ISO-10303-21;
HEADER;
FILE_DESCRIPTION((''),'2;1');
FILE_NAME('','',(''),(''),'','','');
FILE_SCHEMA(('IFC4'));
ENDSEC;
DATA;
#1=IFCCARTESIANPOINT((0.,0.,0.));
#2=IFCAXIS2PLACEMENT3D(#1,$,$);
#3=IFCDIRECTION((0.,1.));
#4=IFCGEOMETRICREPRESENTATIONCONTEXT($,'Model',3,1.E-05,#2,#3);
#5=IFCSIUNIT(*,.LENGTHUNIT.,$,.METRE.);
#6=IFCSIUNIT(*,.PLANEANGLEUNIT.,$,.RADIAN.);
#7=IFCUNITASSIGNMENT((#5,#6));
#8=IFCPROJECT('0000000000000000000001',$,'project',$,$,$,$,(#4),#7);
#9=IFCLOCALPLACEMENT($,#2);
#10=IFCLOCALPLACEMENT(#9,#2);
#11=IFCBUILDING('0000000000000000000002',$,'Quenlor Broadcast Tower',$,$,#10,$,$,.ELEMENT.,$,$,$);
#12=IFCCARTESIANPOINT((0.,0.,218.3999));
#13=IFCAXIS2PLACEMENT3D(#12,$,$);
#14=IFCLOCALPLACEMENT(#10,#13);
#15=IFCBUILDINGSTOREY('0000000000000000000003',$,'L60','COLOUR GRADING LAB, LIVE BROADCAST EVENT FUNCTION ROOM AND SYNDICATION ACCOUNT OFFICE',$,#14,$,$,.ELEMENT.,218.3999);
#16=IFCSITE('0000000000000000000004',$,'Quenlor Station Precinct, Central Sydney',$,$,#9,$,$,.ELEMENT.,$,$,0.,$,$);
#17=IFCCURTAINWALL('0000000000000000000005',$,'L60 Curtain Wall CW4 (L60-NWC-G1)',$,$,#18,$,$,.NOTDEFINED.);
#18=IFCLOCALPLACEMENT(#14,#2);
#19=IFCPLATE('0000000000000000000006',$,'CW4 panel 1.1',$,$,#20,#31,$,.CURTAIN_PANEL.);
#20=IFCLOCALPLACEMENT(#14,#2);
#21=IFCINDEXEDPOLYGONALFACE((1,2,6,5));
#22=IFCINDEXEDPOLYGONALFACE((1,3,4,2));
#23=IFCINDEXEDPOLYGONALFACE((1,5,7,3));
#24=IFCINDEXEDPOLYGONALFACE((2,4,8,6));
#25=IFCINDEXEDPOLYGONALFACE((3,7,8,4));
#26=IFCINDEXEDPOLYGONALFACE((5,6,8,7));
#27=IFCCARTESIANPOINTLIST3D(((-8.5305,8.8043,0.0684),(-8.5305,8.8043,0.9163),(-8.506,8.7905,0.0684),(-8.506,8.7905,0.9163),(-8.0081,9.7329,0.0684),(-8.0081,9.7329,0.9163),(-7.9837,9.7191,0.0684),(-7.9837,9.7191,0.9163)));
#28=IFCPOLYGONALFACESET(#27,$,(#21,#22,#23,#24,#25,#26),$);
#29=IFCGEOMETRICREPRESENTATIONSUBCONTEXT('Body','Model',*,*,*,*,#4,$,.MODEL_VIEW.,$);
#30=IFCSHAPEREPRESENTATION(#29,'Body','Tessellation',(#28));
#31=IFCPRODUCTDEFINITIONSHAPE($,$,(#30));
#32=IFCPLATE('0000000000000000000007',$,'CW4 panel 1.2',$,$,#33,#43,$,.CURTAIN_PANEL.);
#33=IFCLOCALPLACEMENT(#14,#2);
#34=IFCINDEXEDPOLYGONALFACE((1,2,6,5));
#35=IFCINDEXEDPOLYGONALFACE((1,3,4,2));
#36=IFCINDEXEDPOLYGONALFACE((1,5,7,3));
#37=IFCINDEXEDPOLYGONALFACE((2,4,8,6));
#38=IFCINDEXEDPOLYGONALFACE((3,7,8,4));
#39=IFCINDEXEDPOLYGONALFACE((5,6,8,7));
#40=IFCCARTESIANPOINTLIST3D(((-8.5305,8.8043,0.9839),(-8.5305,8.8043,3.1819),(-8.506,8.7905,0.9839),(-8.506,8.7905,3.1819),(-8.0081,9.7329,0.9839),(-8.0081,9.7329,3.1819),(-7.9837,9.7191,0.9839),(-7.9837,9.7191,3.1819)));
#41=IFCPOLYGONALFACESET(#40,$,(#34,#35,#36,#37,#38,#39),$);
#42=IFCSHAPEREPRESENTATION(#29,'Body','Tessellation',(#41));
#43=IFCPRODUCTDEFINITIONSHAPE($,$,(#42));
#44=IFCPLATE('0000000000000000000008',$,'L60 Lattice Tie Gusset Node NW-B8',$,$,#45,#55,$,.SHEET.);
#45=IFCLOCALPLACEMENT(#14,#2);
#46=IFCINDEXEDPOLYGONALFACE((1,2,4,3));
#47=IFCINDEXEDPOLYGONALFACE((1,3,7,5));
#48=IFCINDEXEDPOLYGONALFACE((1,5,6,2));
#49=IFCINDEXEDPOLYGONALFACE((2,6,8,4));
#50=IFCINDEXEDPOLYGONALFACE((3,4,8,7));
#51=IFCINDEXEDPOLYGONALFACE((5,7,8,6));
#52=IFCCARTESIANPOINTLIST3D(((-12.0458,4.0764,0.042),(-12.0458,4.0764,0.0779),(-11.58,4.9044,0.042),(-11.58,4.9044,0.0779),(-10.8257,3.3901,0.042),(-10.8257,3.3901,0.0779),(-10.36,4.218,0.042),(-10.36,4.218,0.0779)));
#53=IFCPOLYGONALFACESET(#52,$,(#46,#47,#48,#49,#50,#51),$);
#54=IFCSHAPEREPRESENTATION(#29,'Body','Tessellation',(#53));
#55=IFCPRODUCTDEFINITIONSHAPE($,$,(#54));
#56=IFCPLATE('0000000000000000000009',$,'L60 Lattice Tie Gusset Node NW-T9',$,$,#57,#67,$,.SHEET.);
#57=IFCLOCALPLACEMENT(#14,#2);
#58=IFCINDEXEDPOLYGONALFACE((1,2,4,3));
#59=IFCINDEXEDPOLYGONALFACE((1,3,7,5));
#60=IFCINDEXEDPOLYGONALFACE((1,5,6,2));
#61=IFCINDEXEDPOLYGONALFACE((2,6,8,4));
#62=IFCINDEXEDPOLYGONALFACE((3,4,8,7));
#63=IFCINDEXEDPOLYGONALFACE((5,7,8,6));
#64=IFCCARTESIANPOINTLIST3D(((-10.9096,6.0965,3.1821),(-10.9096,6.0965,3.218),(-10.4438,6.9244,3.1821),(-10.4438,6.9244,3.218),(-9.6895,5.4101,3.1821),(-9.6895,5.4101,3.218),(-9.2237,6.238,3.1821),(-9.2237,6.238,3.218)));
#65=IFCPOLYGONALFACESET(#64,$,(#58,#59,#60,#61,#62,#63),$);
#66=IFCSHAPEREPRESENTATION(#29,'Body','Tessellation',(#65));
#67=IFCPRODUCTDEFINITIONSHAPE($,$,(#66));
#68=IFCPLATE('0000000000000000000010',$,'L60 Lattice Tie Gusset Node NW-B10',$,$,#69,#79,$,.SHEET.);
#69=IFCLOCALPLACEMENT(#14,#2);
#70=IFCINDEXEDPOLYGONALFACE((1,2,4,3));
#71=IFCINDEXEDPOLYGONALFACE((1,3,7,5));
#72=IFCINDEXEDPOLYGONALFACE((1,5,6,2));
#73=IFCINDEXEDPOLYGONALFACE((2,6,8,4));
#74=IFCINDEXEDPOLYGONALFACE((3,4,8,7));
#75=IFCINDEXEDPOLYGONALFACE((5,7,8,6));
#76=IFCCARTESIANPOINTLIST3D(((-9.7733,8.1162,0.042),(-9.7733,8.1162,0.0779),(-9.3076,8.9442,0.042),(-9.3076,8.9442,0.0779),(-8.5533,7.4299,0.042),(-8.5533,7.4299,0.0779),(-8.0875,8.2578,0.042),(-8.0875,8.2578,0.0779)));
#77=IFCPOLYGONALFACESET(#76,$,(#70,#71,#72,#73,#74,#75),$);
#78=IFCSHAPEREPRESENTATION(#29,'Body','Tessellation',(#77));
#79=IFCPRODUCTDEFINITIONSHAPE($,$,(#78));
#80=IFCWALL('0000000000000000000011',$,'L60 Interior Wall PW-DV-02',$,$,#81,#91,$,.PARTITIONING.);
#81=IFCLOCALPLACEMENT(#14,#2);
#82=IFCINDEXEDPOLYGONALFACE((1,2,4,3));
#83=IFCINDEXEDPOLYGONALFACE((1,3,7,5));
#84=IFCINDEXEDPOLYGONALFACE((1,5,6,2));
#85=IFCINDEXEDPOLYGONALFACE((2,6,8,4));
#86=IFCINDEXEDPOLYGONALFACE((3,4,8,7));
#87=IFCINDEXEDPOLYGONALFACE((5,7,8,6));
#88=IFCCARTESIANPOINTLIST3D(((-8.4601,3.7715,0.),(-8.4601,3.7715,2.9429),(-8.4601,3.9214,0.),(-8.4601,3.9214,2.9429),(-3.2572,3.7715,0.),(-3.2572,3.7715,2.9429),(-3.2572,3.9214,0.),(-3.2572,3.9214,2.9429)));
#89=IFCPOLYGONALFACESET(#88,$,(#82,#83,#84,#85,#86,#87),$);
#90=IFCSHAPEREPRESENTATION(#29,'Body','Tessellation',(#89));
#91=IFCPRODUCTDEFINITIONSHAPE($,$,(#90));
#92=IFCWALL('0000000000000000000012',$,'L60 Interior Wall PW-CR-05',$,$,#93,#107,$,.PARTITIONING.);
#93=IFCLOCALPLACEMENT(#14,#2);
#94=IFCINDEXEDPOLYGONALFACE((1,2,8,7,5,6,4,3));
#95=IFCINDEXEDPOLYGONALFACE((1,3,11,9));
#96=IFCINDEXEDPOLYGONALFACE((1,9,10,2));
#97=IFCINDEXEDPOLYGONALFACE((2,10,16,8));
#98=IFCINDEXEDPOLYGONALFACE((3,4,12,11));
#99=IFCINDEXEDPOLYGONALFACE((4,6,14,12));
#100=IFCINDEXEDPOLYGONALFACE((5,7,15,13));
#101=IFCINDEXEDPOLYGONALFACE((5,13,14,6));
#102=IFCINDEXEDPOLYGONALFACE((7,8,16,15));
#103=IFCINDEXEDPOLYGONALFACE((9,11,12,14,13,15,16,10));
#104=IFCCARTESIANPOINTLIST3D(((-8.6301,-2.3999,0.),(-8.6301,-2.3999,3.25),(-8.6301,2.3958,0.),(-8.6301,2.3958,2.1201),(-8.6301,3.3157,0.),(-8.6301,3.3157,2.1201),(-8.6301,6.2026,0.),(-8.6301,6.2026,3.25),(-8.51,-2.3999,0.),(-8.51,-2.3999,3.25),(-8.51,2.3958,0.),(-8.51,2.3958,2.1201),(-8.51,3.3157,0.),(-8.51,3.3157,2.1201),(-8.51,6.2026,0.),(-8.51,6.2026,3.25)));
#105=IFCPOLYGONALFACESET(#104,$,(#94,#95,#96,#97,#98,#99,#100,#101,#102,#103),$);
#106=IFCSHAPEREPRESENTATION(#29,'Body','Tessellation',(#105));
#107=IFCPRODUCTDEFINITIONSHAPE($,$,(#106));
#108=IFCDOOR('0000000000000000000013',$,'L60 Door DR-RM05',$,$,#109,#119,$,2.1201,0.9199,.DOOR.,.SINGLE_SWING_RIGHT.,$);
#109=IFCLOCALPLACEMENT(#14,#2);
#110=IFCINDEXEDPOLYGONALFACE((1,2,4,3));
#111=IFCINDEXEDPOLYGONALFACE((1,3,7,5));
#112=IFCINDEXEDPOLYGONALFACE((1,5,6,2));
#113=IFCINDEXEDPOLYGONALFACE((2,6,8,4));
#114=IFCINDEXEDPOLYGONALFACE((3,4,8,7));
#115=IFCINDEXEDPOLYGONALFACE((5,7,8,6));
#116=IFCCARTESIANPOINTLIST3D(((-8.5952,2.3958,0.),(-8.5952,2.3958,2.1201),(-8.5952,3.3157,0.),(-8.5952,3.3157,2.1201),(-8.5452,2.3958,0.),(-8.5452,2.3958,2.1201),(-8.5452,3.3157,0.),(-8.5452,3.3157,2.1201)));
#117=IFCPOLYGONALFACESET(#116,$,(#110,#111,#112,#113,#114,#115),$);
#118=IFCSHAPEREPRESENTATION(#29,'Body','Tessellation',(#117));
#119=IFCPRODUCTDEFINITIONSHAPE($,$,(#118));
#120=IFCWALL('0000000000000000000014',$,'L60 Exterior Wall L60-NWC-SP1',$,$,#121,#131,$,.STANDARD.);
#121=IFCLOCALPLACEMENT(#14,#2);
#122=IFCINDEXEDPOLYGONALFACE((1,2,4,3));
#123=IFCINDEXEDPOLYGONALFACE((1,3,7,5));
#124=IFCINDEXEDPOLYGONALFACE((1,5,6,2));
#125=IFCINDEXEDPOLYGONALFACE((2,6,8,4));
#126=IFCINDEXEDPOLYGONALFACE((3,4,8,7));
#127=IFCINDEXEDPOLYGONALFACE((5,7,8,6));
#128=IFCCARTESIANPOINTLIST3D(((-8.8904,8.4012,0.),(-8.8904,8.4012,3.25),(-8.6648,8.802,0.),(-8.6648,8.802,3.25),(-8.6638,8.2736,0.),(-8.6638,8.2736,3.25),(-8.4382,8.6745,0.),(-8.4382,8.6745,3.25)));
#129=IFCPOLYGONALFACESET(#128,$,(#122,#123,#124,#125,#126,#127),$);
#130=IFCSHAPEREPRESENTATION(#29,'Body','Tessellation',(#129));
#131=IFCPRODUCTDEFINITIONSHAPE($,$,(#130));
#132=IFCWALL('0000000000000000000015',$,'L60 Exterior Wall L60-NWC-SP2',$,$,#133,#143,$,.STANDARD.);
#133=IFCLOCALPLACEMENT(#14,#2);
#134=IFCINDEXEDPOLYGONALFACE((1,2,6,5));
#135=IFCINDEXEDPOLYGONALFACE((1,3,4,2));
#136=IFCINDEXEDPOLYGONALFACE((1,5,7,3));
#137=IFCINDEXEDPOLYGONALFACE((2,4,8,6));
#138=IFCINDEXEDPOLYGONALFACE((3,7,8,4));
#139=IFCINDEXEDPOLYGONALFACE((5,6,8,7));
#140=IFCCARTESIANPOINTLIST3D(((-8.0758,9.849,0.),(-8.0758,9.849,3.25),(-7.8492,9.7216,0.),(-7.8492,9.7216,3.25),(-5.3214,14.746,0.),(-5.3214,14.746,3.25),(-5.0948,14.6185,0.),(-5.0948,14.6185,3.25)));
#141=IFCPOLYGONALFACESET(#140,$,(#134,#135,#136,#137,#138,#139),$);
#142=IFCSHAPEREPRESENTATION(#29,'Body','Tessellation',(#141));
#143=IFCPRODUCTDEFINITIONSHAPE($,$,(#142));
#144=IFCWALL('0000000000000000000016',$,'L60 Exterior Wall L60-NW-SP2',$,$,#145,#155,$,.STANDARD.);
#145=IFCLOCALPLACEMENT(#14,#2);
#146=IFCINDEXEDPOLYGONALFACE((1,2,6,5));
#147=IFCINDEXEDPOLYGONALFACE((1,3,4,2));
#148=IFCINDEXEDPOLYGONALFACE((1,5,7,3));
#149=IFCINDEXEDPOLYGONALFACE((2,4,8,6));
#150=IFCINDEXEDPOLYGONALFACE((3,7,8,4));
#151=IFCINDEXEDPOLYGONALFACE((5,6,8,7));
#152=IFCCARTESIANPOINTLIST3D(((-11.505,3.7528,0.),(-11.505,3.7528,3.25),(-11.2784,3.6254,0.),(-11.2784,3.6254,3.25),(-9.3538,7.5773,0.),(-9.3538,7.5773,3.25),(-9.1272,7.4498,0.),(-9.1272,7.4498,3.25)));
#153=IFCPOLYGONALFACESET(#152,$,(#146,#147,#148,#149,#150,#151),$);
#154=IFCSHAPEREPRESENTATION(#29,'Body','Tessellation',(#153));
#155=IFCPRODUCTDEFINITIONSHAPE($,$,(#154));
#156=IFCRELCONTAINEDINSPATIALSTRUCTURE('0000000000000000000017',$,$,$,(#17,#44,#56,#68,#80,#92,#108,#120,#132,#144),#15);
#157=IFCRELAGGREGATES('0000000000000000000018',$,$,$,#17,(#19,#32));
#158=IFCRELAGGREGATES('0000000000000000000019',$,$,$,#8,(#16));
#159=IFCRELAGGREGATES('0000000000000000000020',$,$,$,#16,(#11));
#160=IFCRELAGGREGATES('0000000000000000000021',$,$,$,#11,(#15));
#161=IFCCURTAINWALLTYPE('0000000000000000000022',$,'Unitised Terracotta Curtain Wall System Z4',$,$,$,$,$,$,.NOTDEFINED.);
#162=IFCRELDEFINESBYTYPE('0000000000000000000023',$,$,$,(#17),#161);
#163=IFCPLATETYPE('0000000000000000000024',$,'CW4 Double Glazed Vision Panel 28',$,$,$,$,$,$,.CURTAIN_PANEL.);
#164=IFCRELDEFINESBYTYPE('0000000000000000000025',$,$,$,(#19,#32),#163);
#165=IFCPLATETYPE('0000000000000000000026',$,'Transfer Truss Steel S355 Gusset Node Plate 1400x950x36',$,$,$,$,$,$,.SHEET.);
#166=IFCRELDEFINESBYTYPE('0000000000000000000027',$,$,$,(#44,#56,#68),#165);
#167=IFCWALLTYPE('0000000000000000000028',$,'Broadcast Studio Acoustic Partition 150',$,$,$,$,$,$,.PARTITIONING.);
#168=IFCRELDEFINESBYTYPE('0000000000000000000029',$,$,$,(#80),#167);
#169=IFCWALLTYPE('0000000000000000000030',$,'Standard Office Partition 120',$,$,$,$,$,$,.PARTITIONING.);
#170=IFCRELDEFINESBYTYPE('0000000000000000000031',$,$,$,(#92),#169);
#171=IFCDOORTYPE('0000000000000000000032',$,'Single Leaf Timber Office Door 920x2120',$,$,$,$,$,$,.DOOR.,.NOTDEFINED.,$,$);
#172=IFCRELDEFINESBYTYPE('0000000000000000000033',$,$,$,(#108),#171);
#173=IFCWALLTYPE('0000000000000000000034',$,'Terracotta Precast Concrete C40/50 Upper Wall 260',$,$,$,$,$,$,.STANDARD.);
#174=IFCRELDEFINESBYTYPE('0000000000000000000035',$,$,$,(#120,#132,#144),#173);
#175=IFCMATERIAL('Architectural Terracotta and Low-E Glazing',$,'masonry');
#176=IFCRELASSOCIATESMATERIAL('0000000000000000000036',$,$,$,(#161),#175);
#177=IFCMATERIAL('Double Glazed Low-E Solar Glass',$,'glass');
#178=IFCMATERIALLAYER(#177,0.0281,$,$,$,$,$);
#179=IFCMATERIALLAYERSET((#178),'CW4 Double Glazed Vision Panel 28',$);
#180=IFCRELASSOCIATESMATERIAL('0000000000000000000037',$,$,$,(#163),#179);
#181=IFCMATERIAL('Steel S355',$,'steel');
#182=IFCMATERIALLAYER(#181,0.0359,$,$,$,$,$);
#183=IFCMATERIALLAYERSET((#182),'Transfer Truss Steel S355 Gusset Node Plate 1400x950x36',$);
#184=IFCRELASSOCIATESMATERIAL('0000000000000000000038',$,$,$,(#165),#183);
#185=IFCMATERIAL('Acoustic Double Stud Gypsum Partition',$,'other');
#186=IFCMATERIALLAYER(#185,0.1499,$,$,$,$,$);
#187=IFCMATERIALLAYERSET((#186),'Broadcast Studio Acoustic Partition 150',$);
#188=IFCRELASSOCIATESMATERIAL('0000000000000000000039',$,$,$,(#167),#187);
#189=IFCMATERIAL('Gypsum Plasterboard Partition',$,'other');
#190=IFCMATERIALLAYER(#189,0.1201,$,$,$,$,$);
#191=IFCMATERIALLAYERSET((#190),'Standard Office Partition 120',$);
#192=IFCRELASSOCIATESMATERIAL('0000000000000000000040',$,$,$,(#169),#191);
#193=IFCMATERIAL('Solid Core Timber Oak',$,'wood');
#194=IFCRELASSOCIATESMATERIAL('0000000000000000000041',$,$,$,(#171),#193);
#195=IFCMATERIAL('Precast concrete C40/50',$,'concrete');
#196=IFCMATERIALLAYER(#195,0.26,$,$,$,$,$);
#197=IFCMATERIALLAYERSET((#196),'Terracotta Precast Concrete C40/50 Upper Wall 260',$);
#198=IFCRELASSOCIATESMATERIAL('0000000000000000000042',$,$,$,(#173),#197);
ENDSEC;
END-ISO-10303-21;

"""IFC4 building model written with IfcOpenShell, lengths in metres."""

from ifc_helpers import new_model, si_unit, direction, frame, frame_2d, origin, origin_2d, place, context, subcontext, project, spatial, rectangle, extrude, material, layer, layer_set, type_object, element, fill, aggregate, save


model = new_model("IFC4")

# Units and contexts
model_context = context("Model", 3, precision=1e-05, world=origin(), true_north=direction((0.0, 1.0)))
body_context = subcontext(model_context, "Body", "Model", "MODEL_VIEW")
ifc_project = project(units=[si_unit("LENGTHUNIT", "METRE"), si_unit("PLANEANGLEUNIT", "RADIAN")], contexts=[model_context])

# Site, building, storey
site_placement = place(None, origin())
site = spatial("IfcSite", under=ifc_project, at=site_placement, Name="Quenlor Station Precinct, Central Sydney", CompositionType="ELEMENT", RefElevation=0.0)
building_placement = place(site_placement, origin())
building = spatial("IfcBuilding", under=site, at=building_placement, Name="Quenlor Broadcast Tower", CompositionType="ELEMENT")
storey_placement = place(building_placement, frame((0.0, 0.0, 218.3999)))
storey = spatial("IfcBuildingStorey", under=building, at=storey_placement, Name="L60", Description="COLOUR GRADING LAB, LIVE BROADCAST EVENT FUNCTION ROOM AND SYNDICATION ACCOUNT OFFICE", CompositionType="ELEMENT", Elevation=218.3999)

# Curtain wall
ifc_material_1 = material(Name="Architectural Terracotta and Low-E Glazing", Category="masonry")
curtain_wall_type = type_object("IfcCurtainWallType", Name="Unitised Terracotta Curtain Wall System Z4", PredefinedType="NOTDEFINED", material=ifc_material_1)
curtain_wall_placement = place(storey_placement, origin())
curtain_wall = element("IfcCurtainWall", 1, at=curtain_wall_placement, inside=storey, type_object=curtain_wall_type, Name="L60 Curtain Wall CW4 (L60-NWC-G1)", PredefinedType="NOTDEFINED")

# Plates
ifc_material_2 = material(Name="Double Glazed Low-E Solar Glass", Category="glass")
ifc_layer_1 = layer(ifc_material_2, 0.0281)
ifc_layer_set_1 = layer_set([ifc_layer_1], Name="CW4 Double Glazed Vision Panel 28")
plate_type_1 = type_object("IfcPlateType", Name="CW4 Double Glazed Vision Panel 28", PredefinedType="CURTAIN_PANEL", material=ifc_layer_set_1)
plate_1_placement = place(storey_placement, frame((-8.2571, 9.2617, 0.0684), z_axis=(0.0, 0.0, 1.0), x_axis=(0.490293, 0.871558, 0.0)))
plate_1 = element("IfcPlate", 2, at=plate_1_placement, type_object=plate_type_1, Name="CW4 panel 1.1", PredefinedType="CURTAIN_PANEL", context=body_context, shape_type="SweptSolid", body=[
    extrude(rectangle(XDim=1.0654, YDim=0.0281, at=origin_2d()), origin(), (0.0, 0.0, 1.0), 0.8479),
])
plate_2_placement = place(storey_placement, frame((-8.2571, 9.2617, 0.9839), z_axis=(0.0, 0.0, 1.0), x_axis=(0.490293, 0.871558, 0.0)))
plate_2 = element("IfcPlate", 3, at=plate_2_placement, type_object=plate_type_1, Name="CW4 panel 1.2", PredefinedType="CURTAIN_PANEL", context=body_context, shape_type="SweptSolid", body=[
    extrude(rectangle(XDim=1.0654, YDim=0.0281, at=origin_2d()), origin(), (0.0, 0.0, 1.0), 2.198),
])
aggregate(curtain_wall, [plate_1, plate_2])

# Plates
ifc_material_3 = material(Name="Steel S355", Category="steel")
ifc_layer_2 = layer(ifc_material_3, 0.0359)
ifc_layer_set_2 = layer_set([ifc_layer_2], Name="Transfer Truss Steel S355 Gusset Node Plate 1400x950x36")
plate_type_2 = type_object("IfcPlateType", Name="Transfer Truss Steel S355 Gusset Node Plate 1400x950x36", PredefinedType="SHEET", material=ifc_layer_set_2)
for number, where, z_axis, x_axis, name in (
    (4, (-11.2029, 4.1472, 0.042), (0.0, 0.0, 1.0), (-0.871556, 0.490295, 0.0), "L60 Lattice Tie Gusset Node NW-B8"),
    (5, (-10.0667, 6.1672, 3.1821), (0.0, 0.0, 1.0), (-0.871556, 0.490295, 0.0), "L60 Lattice Tie Gusset Node NW-T9"),
    (6, (-8.9304, 8.187, 0.042), (0.0, 0.0, 1.0), (-0.871556, 0.490295, 0.0), "L60 Lattice Tie Gusset Node NW-B10"),
):
    element("IfcPlate", number, at=place(storey_placement, frame(where, z_axis=z_axis, x_axis=x_axis)), inside=storey, type_object=plate_type_2, Name=name, PredefinedType="SHEET", context=body_context, shape_type="SweptSolid", body=[
        extrude(rectangle(XDim=1.3999, YDim=0.95, at=origin_2d()), origin(), (0.0, 0.0, 1.0), 0.0359),
    ])

# Wall
ifc_material_4 = material(Name="Acoustic Double Stud Gypsum Partition", Category="other")
ifc_layer_3 = layer(ifc_material_4, 0.1499)
ifc_layer_set_3 = layer_set([ifc_layer_3], Name="Broadcast Studio Acoustic Partition 150")
wall_type_1 = type_object("IfcWallType", Name="Broadcast Studio Acoustic Partition 150", PredefinedType="PARTITIONING", material=ifc_layer_set_3)
wall_1_placement = place(storey_placement, frame((-3.2571, 3.8464, 0.0), z_axis=(0.0, 0.0, 1.0), x_axis=(-1.0, 0.0, 0.0)))
element("IfcWall", 7, at=wall_1_placement, inside=storey, type_object=wall_type_1, Name="L60 Interior Wall PW-DV-02", PredefinedType="PARTITIONING", context=body_context, shape_type="SweptSolid", body=[
    extrude(rectangle(XDim=5.2029, YDim=0.1499, at=frame_2d((2.6016, 0.0))), origin(), (0.0, 0.0, 1.0), 2.9429),
])

# Wall, opening, door
ifc_material_5 = material(Name="Gypsum Plasterboard Partition", Category="other")
ifc_layer_4 = layer(ifc_material_5, 0.1201)
ifc_layer_set_4 = layer_set([ifc_layer_4], Name="Standard Office Partition 120")
wall_type_2 = type_object("IfcWallType", Name="Standard Office Partition 120", PredefinedType="PARTITIONING", material=ifc_layer_set_4)
wall_2_placement = place(storey_placement, frame((-8.5701, 6.2026, 0.0), z_axis=(0.0, 0.0, 1.0), x_axis=(0.0, -1.0, 0.0)))
wall_2 = element("IfcWall", 8, at=wall_2_placement, inside=storey, type_object=wall_type_2, Name="L60 Interior Wall PW-CR-05", PredefinedType="PARTITIONING", context=body_context, shape_type="SweptSolid", body=[
    extrude(rectangle(XDim=8.6025, YDim=0.1201, at=frame_2d((4.3013, 0.0))), origin(), (0.0, 0.0, 1.0), 3.25),
])
opening_placement = place(wall_2_placement, frame((2.887, 0.0, 0.0)))
opening = element("IfcOpeningElement", 9, at=opening_placement, cuts=wall_2, PredefinedType="OPENING", context=body_context, shape_type="SweptSolid", body=[
    extrude(rectangle(XDim=0.9199, YDim=2.1201, at=frame_2d((0.46, 1.0601))), frame((0.0, 0.0701, 0.0), z_axis=(0.0, -1.0, 0.0), x_axis=(1.0, 0.0, 0.0)), (0.0, 0.0, 1.0), 0.1401),
])
ifc_material_6 = material(Name="Solid Core Timber Oak", Category="wood")
door_type = type_object("IfcDoorType", Name="Single Leaf Timber Office Door 920x2120", OperationType="NOTDEFINED", PredefinedType="DOOR", material=ifc_material_6)
door_placement = place(opening_placement, origin())
door = element("IfcDoor", 10, at=door_placement, inside=storey, type_object=door_type, Name="L60 Door DR-RM05", OperationType="SINGLE_SWING_RIGHT", OverallHeight=2.1201, OverallWidth=0.9199, PredefinedType="DOOR", context=body_context, shape_type="SweptSolid", body=[
    extrude(rectangle(XDim=0.9199, YDim=2.1201, at=frame_2d((0.46, 1.0601))), frame((0.0, 0.0249, 0.0), z_axis=(0.0, -1.0, 0.0), x_axis=(1.0, 0.0, 0.0)), (0.0, 0.0, 1.0), 0.05),
])
fill(opening, door)

# Walls
ifc_material_7 = material(Name="Precast concrete C40/50", Category="concrete")
ifc_layer_5 = layer(ifc_material_7, 0.26)
ifc_layer_set_5 = layer_set([ifc_layer_5], Name="Terracotta Precast Concrete C40/50 Upper Wall 260")
wall_type_3 = type_object("IfcWallType", Name="Terracotta Precast Concrete C40/50 Upper Wall 260", PredefinedType="STANDARD", material=ifc_layer_set_5)
wall_3_placement = place(storey_placement, frame((-8.7771, 8.3374, 0.0), z_axis=(0.0, 0.0, 1.0), x_axis=(0.490412, 0.87149, 0.0)))
element("IfcWall", 11, at=wall_3_placement, inside=storey, type_object=wall_type_3, Name="L60 Exterior Wall L60-NWC-SP1", PredefinedType="STANDARD", context=body_context, shape_type="SweptSolid", body=[
    extrude(rectangle(XDim=0.46, YDim=0.26, at=frame_2d((0.23, 0.0))), origin(), (0.0, 0.0, 1.0), 3.25),
])
wall_4_placement = place(storey_placement, frame((-7.9624, 9.7854, 0.0), z_axis=(0.0, 0.0, 1.0), x_axis=(0.490241, 0.871587, 0.0)))
element("IfcWall", 12, at=wall_4_placement, inside=storey, type_object=wall_type_3, Name="L60 Exterior Wall L60-NWC-SP2", PredefinedType="STANDARD", context=body_context, shape_type="SweptSolid", body=[
    extrude(rectangle(XDim=5.6184, YDim=0.26, at=frame_2d((2.8091, 0.0))), origin(), (0.0, 0.0, 1.0), 3.25),
])
wall_5_placement = place(storey_placement, frame((-11.3916, 3.6892, 0.0), z_axis=(0.0, 0.0, 1.0), x_axis=(0.490237, 0.871589, 0.0)))
element("IfcWall", 13, at=wall_5_placement, inside=storey, type_object=wall_type_3, Name="L60 Exterior Wall L60-NW-SP2", PredefinedType="STANDARD", context=body_context, shape_type="SweptSolid", body=[
    extrude(rectangle(XDim=4.3879, YDim=0.26, at=frame_2d((2.1938, 0.0))), origin(), (0.0, 0.0, 1.0), 3.25),
])

save(model, "model.ifc")
